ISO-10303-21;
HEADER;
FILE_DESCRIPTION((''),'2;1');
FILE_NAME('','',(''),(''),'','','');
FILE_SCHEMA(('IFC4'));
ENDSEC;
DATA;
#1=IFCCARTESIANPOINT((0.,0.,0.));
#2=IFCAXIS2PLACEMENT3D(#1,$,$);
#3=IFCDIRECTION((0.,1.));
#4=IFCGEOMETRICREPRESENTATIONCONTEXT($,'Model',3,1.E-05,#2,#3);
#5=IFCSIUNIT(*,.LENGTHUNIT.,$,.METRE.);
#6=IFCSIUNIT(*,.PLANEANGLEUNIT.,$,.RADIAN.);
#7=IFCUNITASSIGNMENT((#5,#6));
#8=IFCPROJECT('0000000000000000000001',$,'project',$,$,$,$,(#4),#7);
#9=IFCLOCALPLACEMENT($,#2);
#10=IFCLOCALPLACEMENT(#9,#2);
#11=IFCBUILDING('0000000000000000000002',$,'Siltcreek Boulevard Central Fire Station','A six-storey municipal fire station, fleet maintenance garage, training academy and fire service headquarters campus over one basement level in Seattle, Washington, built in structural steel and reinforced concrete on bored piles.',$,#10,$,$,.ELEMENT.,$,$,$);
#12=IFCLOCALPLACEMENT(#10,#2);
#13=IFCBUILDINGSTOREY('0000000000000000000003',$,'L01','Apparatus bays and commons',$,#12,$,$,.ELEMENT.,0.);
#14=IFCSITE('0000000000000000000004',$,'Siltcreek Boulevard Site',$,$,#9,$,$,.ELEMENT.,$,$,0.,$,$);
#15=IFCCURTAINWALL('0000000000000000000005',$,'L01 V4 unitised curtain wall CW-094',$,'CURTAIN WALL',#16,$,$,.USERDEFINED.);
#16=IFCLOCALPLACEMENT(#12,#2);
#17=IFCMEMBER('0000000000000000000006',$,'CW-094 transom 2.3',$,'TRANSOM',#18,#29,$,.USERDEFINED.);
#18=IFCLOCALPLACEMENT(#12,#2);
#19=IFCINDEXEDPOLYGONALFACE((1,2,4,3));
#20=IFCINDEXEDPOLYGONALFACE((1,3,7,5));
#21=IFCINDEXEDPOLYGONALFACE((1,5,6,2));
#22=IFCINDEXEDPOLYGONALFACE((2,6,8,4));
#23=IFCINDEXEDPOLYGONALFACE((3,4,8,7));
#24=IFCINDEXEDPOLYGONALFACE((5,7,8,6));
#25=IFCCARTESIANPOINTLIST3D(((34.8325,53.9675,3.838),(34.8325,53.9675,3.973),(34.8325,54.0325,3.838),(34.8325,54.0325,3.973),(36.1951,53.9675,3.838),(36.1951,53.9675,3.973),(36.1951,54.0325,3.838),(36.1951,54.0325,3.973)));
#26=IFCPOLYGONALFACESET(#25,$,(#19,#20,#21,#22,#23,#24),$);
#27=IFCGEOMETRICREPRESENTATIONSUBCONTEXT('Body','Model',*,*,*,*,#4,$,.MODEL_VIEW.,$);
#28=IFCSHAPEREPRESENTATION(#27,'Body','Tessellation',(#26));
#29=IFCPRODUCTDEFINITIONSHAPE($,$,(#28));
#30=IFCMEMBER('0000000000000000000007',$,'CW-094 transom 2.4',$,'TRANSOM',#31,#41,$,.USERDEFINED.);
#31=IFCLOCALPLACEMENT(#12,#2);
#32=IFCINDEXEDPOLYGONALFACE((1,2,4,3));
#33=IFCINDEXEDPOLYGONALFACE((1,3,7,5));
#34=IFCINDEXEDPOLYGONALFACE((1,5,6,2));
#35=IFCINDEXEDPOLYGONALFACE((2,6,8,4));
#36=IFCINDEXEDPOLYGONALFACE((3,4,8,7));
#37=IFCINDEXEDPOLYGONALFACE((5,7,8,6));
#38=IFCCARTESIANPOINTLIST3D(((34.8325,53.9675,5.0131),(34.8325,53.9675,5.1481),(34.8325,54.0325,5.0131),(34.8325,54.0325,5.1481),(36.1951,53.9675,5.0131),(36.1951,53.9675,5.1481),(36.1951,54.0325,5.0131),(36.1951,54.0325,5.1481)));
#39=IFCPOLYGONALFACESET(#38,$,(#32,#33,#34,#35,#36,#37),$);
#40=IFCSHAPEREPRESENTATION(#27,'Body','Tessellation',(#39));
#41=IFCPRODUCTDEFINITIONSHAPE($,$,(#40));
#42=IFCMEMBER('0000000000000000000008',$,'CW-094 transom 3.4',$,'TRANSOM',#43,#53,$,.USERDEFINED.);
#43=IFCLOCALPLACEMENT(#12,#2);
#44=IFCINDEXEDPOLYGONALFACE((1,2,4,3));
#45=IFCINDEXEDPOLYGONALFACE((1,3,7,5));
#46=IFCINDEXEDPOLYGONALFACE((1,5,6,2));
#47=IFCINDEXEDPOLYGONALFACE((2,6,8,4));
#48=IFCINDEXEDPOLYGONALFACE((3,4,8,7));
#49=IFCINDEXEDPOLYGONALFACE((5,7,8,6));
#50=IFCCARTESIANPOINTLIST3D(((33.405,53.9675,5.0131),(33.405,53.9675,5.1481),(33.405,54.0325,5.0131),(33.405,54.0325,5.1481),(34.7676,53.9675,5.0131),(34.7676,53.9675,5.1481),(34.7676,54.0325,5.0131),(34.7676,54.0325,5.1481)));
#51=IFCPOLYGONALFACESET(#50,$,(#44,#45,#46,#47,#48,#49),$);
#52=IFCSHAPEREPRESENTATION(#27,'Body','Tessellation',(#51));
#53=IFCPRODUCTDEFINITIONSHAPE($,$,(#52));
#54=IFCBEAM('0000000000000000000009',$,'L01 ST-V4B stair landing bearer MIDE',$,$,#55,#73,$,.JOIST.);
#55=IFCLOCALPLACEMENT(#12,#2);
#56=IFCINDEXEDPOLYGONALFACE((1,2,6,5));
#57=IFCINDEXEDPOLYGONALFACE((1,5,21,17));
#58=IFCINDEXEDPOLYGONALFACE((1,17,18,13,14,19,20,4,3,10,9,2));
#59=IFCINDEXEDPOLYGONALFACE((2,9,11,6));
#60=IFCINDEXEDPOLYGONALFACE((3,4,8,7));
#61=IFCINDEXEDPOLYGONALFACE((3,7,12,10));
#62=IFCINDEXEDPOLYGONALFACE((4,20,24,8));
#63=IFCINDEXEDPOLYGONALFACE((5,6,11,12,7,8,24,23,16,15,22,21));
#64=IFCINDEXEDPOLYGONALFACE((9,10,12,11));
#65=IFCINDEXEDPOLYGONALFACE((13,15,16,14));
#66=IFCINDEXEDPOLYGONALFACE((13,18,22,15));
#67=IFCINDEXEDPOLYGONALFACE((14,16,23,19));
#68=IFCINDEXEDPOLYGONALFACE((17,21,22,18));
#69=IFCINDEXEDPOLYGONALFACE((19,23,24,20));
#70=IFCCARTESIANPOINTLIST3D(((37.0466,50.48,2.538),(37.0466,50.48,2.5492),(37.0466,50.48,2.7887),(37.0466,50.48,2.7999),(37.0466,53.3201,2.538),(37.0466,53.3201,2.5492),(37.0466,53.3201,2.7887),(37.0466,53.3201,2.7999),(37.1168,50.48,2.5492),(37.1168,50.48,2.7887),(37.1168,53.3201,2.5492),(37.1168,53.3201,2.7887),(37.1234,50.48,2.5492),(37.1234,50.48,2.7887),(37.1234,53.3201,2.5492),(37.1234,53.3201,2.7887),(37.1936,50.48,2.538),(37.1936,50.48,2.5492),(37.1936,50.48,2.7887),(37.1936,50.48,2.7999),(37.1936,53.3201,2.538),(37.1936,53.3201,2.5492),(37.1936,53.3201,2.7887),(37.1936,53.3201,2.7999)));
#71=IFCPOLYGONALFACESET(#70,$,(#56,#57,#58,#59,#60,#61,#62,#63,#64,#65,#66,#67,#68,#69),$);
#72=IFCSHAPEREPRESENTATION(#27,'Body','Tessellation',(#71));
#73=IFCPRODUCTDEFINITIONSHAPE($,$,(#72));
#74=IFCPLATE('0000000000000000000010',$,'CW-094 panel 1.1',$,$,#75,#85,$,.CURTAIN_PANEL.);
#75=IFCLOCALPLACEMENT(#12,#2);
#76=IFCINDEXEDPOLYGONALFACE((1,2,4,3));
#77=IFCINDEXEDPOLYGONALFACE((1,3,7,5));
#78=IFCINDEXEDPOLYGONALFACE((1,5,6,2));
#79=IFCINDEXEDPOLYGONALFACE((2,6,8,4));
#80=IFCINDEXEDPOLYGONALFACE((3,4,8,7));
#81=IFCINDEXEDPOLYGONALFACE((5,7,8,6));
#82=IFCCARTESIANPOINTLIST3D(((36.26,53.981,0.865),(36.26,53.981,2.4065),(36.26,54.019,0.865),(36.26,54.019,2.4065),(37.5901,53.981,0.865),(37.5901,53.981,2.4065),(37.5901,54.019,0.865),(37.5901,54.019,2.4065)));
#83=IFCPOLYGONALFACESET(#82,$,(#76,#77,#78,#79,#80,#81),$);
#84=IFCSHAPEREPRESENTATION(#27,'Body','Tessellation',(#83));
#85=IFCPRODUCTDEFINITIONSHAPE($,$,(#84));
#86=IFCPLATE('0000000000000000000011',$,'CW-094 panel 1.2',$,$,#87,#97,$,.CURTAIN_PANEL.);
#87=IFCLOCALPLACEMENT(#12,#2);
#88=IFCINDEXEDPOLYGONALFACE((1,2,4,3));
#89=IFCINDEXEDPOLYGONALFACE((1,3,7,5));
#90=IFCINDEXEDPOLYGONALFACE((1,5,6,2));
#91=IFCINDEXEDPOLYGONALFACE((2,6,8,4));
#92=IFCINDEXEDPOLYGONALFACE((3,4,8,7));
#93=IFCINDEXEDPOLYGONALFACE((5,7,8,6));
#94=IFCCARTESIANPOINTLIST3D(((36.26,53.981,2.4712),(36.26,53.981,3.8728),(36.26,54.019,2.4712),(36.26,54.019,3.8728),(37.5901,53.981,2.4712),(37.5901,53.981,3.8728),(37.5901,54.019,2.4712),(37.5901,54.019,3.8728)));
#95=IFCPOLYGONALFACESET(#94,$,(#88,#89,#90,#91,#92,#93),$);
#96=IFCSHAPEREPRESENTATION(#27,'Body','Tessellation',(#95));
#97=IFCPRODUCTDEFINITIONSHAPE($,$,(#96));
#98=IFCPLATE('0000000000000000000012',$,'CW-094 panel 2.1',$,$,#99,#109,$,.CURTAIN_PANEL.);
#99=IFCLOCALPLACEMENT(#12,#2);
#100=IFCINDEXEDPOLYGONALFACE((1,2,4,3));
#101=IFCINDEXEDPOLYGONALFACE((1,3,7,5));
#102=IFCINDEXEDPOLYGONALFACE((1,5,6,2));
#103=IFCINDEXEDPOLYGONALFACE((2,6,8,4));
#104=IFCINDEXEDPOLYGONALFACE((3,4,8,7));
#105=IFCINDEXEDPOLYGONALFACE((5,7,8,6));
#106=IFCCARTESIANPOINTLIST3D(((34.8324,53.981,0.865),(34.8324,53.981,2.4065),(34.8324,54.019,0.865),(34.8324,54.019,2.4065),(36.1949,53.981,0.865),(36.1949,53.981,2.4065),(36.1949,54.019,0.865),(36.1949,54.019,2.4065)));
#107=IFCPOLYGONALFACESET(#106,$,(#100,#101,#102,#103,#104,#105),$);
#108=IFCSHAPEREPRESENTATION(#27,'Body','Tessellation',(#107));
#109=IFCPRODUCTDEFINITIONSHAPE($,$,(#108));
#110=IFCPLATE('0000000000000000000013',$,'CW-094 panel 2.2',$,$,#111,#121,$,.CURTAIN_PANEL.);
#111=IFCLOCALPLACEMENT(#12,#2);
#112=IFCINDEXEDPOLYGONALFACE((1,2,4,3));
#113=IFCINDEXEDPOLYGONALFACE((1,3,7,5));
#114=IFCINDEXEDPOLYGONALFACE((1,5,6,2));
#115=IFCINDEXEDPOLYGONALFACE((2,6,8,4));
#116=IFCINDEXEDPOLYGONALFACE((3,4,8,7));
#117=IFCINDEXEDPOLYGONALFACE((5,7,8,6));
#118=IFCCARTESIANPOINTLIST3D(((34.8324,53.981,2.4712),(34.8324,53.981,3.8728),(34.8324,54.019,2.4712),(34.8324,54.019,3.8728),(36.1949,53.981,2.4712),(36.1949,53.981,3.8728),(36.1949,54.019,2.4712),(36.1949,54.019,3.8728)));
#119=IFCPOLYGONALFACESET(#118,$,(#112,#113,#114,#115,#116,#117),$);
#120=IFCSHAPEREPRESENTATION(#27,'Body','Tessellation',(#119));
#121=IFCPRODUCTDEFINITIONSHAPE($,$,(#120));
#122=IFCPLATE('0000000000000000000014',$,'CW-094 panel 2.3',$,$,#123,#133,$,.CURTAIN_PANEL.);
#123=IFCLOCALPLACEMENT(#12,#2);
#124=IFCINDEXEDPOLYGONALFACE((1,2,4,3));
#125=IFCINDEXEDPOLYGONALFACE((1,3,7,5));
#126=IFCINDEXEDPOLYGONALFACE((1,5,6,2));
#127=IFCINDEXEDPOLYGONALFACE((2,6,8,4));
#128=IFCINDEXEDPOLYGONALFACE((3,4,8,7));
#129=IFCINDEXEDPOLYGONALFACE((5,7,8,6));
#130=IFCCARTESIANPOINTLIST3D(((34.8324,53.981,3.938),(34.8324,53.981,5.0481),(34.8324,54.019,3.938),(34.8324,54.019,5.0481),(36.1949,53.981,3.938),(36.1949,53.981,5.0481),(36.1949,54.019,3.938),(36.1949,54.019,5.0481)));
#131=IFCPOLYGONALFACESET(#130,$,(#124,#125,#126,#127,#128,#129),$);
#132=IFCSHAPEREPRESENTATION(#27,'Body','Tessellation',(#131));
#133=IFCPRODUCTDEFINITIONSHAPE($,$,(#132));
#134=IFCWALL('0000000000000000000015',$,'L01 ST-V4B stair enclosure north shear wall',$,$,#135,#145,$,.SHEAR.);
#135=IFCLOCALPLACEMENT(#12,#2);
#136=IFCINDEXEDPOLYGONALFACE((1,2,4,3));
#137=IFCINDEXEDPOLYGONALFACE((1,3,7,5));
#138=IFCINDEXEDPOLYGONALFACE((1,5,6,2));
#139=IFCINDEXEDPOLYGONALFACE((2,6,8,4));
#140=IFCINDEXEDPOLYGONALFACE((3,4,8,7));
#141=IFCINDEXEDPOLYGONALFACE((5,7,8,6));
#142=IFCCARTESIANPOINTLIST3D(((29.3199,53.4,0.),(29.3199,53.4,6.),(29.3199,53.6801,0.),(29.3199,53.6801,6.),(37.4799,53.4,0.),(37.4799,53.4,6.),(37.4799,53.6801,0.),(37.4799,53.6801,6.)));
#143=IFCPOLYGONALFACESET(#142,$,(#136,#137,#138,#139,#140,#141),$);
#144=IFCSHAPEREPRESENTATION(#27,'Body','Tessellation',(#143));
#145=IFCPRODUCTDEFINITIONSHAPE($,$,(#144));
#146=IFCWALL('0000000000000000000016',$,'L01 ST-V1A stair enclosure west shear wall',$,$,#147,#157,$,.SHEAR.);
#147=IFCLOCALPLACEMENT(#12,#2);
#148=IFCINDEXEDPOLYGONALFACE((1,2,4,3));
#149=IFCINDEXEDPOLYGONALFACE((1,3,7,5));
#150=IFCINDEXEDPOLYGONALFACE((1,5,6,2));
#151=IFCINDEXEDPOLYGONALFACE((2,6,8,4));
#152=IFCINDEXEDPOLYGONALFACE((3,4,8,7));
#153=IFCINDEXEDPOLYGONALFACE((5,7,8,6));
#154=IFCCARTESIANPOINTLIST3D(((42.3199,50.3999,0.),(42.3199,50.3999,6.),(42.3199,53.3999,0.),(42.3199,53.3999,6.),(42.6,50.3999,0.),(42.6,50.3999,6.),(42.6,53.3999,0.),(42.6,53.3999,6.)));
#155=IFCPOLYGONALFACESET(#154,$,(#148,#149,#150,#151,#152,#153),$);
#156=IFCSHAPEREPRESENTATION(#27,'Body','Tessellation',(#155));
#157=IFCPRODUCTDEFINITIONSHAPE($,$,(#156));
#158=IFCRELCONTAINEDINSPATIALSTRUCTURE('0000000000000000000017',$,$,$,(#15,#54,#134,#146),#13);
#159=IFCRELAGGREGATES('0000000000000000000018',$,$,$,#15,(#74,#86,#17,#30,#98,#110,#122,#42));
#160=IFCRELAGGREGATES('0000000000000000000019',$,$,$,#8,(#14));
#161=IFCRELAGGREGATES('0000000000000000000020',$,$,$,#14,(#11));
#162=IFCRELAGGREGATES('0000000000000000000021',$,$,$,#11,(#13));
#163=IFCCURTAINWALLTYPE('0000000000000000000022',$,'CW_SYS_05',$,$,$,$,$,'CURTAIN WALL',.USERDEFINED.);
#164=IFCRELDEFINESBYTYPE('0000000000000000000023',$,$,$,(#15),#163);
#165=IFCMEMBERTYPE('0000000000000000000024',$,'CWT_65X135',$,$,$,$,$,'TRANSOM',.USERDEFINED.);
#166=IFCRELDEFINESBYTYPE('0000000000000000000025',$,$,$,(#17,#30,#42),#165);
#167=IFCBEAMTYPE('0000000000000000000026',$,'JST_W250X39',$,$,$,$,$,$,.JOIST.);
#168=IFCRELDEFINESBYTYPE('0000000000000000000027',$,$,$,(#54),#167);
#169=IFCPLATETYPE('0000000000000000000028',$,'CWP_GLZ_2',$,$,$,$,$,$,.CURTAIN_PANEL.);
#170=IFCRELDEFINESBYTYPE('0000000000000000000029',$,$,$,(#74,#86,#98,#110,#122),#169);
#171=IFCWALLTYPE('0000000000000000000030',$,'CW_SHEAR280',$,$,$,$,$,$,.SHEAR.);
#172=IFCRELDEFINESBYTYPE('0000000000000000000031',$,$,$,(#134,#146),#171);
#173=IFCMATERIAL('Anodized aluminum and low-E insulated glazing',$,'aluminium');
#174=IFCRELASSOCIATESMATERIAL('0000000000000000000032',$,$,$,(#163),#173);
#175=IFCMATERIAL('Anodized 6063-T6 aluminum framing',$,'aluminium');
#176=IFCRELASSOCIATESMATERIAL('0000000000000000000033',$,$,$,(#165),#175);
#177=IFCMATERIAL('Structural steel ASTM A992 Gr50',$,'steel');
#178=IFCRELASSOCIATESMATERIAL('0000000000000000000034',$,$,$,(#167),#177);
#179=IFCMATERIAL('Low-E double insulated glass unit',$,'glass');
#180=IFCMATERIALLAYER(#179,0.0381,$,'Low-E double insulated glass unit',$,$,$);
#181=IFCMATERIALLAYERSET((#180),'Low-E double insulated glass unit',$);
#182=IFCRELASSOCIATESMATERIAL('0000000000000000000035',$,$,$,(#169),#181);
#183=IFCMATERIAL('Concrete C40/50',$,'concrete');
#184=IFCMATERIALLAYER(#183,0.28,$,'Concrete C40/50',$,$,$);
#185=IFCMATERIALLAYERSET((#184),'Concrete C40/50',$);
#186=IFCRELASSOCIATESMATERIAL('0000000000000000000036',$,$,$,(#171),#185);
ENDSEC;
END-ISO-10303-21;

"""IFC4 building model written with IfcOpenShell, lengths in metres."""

from ifc_helpers import new_model, si_unit, direction, frame, frame_2d, origin, origin_2d, place, context, subcontext, project, spatial, rectangle, i_section, extrude, material, layer, layer_set, material_profile, profile_set, type_object, element, aggregate, save


model = new_model("IFC4")

# Units and contexts
model_context = context("Model", 3, precision=1e-05, world=origin(), true_north=direction((0.0, 1.0)))
body_context = subcontext(model_context, "Body", "Model", "MODEL_VIEW")
ifc_project = project(units=[si_unit("LENGTHUNIT", "METRE"), si_unit("PLANEANGLEUNIT", "RADIAN")], contexts=[model_context])

# Site, building, storey
site_placement = place(None, origin())
site = spatial("IfcSite", under=ifc_project, at=site_placement, Name="Siltcreek Boulevard Site", CompositionType="ELEMENT", RefElevation=0.0)
building_placement = place(site_placement, origin())
building = spatial("IfcBuilding", under=site, at=building_placement, Name="Siltcreek Boulevard Central Fire Station", Description="A six-storey municipal fire station, fleet maintenance garage, training academy and fire service headquarters campus over one basement level in Seattle, Washington, built in structural steel and reinforced concrete on bored piles.", CompositionType="ELEMENT")
storey_placement = place(building_placement, origin())
storey = spatial("IfcBuildingStorey", under=building, at=storey_placement, Name="L01", Description="Apparatus bays and commons", CompositionType="ELEMENT", Elevation=0.0)

# Curtain wall, members
ifc_material_1 = material(Name="Anodized aluminum and low-E insulated glazing", Category="aluminium")
curtain_wall_type = type_object("IfcCurtainWallType", Name="CW_SYS_05", ElementType="CURTAIN WALL", PredefinedType="USERDEFINED", material=ifc_material_1)
curtain_wall_placement = place(storey_placement, origin())
curtain_wall = element("IfcCurtainWall", 1, at=curtain_wall_placement, inside=storey, type_object=curtain_wall_type, Name="L01 V4 unitised curtain wall CW-094", ObjectType="CURTAIN WALL", PredefinedType="USERDEFINED")
ifc_material_2 = material(Name="Anodized 6063-T6 aluminum framing", Category="aluminium")
ifc_material_profile_1 = material_profile(ifc_material_2, rectangle(XDim=0.0649, YDim=0.135, at=origin_2d()), Name="TRAN65X135")
ifc_profile_set_1 = profile_set([ifc_material_profile_1], Name="Anodized 6063-T6 aluminum framing")
member_type_1 = type_object("IfcMemberType", Name="CWT_65X135", ElementType="TRANSOM", PredefinedType="USERDEFINED", material=ifc_profile_set_1)
member_1_placement = place(storey_placement, frame((36.1951, 54.0, 3.9055), z_axis=(-1.0, 0.0, 0.0), x_axis=(0.0, -1.0, 0.0)))
member_1 = element("IfcMember", 2, at=member_1_placement, type_object=member_type_1, Name="CW-094 transom 2.3", ObjectType="TRANSOM", PredefinedType="USERDEFINED", context=body_context, shape_type="SweptSolid", body=[
    extrude(rectangle(XDim=0.0649, YDim=0.135, at=origin_2d()), origin(), (0.0, 0.0, 1.0), 1.3625),
])
member_2_placement = place(storey_placement, frame((36.1951, 54.0, 5.0806), z_axis=(-1.0, 0.0, 0.0), x_axis=(0.0, -1.0, 0.0)))
member_2 = element("IfcMember", 3, at=member_2_placement, type_object=member_type_1, Name="CW-094 transom 2.4", ObjectType="TRANSOM", PredefinedType="USERDEFINED", context=body_context, shape_type="SweptSolid", body=[
    extrude(rectangle(XDim=0.0649, YDim=0.135, at=origin_2d()), origin(), (0.0, 0.0, 1.0), 1.3625),
])
member_3_placement = place(storey_placement, frame((34.7676, 54.0, 5.0806), z_axis=(-1.0, 0.0, 0.0), x_axis=(0.0, -1.0, 0.0)))
member_3 = element("IfcMember", 4, at=member_3_placement, type_object=member_type_1, Name="CW-094 transom 3.4", ObjectType="TRANSOM", PredefinedType="USERDEFINED", context=body_context, shape_type="SweptSolid", body=[
    extrude(rectangle(XDim=0.0649, YDim=0.135, at=origin_2d()), origin(), (0.0, 0.0, 1.0), 1.3625),
])

# Beam
ifc_material_3 = material(Name="Structural steel ASTM A992 Gr50", Category="steel")
ifc_material_profile_2 = material_profile(ifc_material_3, i_section(OverallWidth=0.147, OverallDepth=0.262, WebThickness=0.0066, FlangeThickness=0.0112, at=origin_2d()), Name="W250X39")
ifc_profile_set_2 = profile_set([ifc_material_profile_2], Name="Structural steel ASTM A992 Gr50")
beam_type = type_object("IfcBeamType", Name="JST_W250X39", PredefinedType="JOIST", material=ifc_profile_set_2)
beam_placement = place(storey_placement, frame((37.1201, 50.48, 2.6689), z_axis=(0.0, 1.0, 0.0), x_axis=(-1.0, 0.0, 0.0)))
element("IfcBeam", 5, at=beam_placement, inside=storey, type_object=beam_type, Name="L01 ST-V4B stair landing bearer MIDE", PredefinedType="JOIST", context=body_context, shape_type="SweptSolid", body=[
    extrude(i_section(OverallWidth=0.147, OverallDepth=0.262, WebThickness=0.0066, FlangeThickness=0.0112, at=origin_2d()), origin(), (0.0, 0.0, 1.0), 2.8401),
])

# Plates
ifc_material_4 = material(Name="Low-E double insulated glass unit", Category="glass")
ifc_layer_1 = layer(ifc_material_4, 0.0381, Name="Low-E double insulated glass unit")
ifc_layer_set_1 = layer_set([ifc_layer_1], Name="Low-E double insulated glass unit")
plate_type = type_object("IfcPlateType", Name="CWP_GLZ_2", PredefinedType="CURTAIN_PANEL", material=ifc_layer_set_1)
plate_1_placement = place(storey_placement, frame((36.925, 54.0, 0.865), z_axis=(0.0, 0.0, 1.0), x_axis=(-1.0, 0.0, 0.0)))
plate_1 = element("IfcPlate", 6, at=plate_1_placement, type_object=plate_type, Name="CW-094 panel 1.1", PredefinedType="CURTAIN_PANEL", context=body_context, shape_type="SweptSolid", body=[
    extrude(rectangle(XDim=1.3301, YDim=0.0381, at=origin_2d()), origin(), (0.0, 0.0, 1.0), 1.5415),
])
plate_2_placement = place(storey_placement, frame((36.925, 54.0, 2.4712), z_axis=(0.0, 0.0, 1.0), x_axis=(-1.0, 0.0, 0.0)))
plate_2 = element("IfcPlate", 7, at=plate_2_placement, type_object=plate_type, Name="CW-094 panel 1.2", PredefinedType="CURTAIN_PANEL", context=body_context, shape_type="SweptSolid", body=[
    extrude(rectangle(XDim=1.3301, YDim=0.0381, at=origin_2d()), origin(), (0.0, 0.0, 1.0), 1.4016),
])
plate_3_placement = place(storey_placement, frame((35.5137, 54.0, 0.865), z_axis=(0.0, 0.0, 1.0), x_axis=(-1.0, 0.0, 0.0)))
plate_3 = element("IfcPlate", 8, at=plate_3_placement, type_object=plate_type, Name="CW-094 panel 2.1", PredefinedType="CURTAIN_PANEL", context=body_context, shape_type="SweptSolid", body=[
    extrude(rectangle(XDim=1.3625, YDim=0.0381, at=origin_2d()), origin(), (0.0, 0.0, 1.0), 1.5415),
])
plate_4_placement = place(storey_placement, frame((35.5137, 54.0, 2.4712), z_axis=(0.0, 0.0, 1.0), x_axis=(-1.0, 0.0, 0.0)))
plate_4 = element("IfcPlate", 9, at=plate_4_placement, type_object=plate_type, Name="CW-094 panel 2.2", PredefinedType="CURTAIN_PANEL", context=body_context, shape_type="SweptSolid", body=[
    extrude(rectangle(XDim=1.3625, YDim=0.0381, at=origin_2d()), origin(), (0.0, 0.0, 1.0), 1.4016),
])
plate_5_placement = place(storey_placement, frame((35.5137, 54.0, 3.938), z_axis=(0.0, 0.0, 1.0), x_axis=(-1.0, 0.0, 0.0)))
plate_5 = element("IfcPlate", 10, at=plate_5_placement, type_object=plate_type, Name="CW-094 panel 2.3", PredefinedType="CURTAIN_PANEL", context=body_context, shape_type="SweptSolid", body=[
    extrude(rectangle(XDim=1.3625, YDim=0.0381, at=origin_2d()), origin(), (0.0, 0.0, 1.0), 1.1101),
])
aggregate(curtain_wall, [plate_1, plate_2, member_1, member_2, plate_3, plate_4, plate_5, member_3])

# Walls
ifc_material_5 = material(Name="Concrete C40/50", Category="concrete")
ifc_layer_2 = layer(ifc_material_5, 0.28, Name="Concrete C40/50")
ifc_layer_set_2 = layer_set([ifc_layer_2], Name="Concrete C40/50")
wall_type_1 = type_object("IfcWallType", Name="CW_SHEAR280", PredefinedType="SHEAR", material=ifc_layer_set_2)
wall_1_placement = place(storey_placement, frame((37.48, 53.54, 0.0), z_axis=(0.0, 0.0, 1.0), x_axis=(-1.0, 0.0, 0.0)))
element("IfcWall", 11, at=wall_1_placement, inside=storey, type_object=wall_type_1, Name="L01 ST-V4B stair enclosure north shear wall", PredefinedType="SHEAR", context=body_context, shape_type="SweptSolid", body=[
    extrude(rectangle(XDim=8.1599, YDim=0.28, at=frame_2d((4.0801, 0.0))), origin(), (0.0, 0.0, 1.0), 6.0),
])
wall_2_placement = place(storey_placement, frame((42.46, 53.3999, 0.0), z_axis=(0.0, 0.0, 1.0), x_axis=(0.0, -1.0, 0.0)))
element("IfcWall", 12, at=wall_2_placement, inside=storey, type_object=wall_type_1, Name="L01 ST-V1A stair enclosure west shear wall", PredefinedType="SHEAR", context=body_context, shape_type="SweptSolid", body=[
    extrude(rectangle(XDim=3.0, YDim=0.28, at=frame_2d((1.5, 0.0))), origin(), (0.0, 0.0, 1.0), 6.0),
])

save(model, "model.ifc")
